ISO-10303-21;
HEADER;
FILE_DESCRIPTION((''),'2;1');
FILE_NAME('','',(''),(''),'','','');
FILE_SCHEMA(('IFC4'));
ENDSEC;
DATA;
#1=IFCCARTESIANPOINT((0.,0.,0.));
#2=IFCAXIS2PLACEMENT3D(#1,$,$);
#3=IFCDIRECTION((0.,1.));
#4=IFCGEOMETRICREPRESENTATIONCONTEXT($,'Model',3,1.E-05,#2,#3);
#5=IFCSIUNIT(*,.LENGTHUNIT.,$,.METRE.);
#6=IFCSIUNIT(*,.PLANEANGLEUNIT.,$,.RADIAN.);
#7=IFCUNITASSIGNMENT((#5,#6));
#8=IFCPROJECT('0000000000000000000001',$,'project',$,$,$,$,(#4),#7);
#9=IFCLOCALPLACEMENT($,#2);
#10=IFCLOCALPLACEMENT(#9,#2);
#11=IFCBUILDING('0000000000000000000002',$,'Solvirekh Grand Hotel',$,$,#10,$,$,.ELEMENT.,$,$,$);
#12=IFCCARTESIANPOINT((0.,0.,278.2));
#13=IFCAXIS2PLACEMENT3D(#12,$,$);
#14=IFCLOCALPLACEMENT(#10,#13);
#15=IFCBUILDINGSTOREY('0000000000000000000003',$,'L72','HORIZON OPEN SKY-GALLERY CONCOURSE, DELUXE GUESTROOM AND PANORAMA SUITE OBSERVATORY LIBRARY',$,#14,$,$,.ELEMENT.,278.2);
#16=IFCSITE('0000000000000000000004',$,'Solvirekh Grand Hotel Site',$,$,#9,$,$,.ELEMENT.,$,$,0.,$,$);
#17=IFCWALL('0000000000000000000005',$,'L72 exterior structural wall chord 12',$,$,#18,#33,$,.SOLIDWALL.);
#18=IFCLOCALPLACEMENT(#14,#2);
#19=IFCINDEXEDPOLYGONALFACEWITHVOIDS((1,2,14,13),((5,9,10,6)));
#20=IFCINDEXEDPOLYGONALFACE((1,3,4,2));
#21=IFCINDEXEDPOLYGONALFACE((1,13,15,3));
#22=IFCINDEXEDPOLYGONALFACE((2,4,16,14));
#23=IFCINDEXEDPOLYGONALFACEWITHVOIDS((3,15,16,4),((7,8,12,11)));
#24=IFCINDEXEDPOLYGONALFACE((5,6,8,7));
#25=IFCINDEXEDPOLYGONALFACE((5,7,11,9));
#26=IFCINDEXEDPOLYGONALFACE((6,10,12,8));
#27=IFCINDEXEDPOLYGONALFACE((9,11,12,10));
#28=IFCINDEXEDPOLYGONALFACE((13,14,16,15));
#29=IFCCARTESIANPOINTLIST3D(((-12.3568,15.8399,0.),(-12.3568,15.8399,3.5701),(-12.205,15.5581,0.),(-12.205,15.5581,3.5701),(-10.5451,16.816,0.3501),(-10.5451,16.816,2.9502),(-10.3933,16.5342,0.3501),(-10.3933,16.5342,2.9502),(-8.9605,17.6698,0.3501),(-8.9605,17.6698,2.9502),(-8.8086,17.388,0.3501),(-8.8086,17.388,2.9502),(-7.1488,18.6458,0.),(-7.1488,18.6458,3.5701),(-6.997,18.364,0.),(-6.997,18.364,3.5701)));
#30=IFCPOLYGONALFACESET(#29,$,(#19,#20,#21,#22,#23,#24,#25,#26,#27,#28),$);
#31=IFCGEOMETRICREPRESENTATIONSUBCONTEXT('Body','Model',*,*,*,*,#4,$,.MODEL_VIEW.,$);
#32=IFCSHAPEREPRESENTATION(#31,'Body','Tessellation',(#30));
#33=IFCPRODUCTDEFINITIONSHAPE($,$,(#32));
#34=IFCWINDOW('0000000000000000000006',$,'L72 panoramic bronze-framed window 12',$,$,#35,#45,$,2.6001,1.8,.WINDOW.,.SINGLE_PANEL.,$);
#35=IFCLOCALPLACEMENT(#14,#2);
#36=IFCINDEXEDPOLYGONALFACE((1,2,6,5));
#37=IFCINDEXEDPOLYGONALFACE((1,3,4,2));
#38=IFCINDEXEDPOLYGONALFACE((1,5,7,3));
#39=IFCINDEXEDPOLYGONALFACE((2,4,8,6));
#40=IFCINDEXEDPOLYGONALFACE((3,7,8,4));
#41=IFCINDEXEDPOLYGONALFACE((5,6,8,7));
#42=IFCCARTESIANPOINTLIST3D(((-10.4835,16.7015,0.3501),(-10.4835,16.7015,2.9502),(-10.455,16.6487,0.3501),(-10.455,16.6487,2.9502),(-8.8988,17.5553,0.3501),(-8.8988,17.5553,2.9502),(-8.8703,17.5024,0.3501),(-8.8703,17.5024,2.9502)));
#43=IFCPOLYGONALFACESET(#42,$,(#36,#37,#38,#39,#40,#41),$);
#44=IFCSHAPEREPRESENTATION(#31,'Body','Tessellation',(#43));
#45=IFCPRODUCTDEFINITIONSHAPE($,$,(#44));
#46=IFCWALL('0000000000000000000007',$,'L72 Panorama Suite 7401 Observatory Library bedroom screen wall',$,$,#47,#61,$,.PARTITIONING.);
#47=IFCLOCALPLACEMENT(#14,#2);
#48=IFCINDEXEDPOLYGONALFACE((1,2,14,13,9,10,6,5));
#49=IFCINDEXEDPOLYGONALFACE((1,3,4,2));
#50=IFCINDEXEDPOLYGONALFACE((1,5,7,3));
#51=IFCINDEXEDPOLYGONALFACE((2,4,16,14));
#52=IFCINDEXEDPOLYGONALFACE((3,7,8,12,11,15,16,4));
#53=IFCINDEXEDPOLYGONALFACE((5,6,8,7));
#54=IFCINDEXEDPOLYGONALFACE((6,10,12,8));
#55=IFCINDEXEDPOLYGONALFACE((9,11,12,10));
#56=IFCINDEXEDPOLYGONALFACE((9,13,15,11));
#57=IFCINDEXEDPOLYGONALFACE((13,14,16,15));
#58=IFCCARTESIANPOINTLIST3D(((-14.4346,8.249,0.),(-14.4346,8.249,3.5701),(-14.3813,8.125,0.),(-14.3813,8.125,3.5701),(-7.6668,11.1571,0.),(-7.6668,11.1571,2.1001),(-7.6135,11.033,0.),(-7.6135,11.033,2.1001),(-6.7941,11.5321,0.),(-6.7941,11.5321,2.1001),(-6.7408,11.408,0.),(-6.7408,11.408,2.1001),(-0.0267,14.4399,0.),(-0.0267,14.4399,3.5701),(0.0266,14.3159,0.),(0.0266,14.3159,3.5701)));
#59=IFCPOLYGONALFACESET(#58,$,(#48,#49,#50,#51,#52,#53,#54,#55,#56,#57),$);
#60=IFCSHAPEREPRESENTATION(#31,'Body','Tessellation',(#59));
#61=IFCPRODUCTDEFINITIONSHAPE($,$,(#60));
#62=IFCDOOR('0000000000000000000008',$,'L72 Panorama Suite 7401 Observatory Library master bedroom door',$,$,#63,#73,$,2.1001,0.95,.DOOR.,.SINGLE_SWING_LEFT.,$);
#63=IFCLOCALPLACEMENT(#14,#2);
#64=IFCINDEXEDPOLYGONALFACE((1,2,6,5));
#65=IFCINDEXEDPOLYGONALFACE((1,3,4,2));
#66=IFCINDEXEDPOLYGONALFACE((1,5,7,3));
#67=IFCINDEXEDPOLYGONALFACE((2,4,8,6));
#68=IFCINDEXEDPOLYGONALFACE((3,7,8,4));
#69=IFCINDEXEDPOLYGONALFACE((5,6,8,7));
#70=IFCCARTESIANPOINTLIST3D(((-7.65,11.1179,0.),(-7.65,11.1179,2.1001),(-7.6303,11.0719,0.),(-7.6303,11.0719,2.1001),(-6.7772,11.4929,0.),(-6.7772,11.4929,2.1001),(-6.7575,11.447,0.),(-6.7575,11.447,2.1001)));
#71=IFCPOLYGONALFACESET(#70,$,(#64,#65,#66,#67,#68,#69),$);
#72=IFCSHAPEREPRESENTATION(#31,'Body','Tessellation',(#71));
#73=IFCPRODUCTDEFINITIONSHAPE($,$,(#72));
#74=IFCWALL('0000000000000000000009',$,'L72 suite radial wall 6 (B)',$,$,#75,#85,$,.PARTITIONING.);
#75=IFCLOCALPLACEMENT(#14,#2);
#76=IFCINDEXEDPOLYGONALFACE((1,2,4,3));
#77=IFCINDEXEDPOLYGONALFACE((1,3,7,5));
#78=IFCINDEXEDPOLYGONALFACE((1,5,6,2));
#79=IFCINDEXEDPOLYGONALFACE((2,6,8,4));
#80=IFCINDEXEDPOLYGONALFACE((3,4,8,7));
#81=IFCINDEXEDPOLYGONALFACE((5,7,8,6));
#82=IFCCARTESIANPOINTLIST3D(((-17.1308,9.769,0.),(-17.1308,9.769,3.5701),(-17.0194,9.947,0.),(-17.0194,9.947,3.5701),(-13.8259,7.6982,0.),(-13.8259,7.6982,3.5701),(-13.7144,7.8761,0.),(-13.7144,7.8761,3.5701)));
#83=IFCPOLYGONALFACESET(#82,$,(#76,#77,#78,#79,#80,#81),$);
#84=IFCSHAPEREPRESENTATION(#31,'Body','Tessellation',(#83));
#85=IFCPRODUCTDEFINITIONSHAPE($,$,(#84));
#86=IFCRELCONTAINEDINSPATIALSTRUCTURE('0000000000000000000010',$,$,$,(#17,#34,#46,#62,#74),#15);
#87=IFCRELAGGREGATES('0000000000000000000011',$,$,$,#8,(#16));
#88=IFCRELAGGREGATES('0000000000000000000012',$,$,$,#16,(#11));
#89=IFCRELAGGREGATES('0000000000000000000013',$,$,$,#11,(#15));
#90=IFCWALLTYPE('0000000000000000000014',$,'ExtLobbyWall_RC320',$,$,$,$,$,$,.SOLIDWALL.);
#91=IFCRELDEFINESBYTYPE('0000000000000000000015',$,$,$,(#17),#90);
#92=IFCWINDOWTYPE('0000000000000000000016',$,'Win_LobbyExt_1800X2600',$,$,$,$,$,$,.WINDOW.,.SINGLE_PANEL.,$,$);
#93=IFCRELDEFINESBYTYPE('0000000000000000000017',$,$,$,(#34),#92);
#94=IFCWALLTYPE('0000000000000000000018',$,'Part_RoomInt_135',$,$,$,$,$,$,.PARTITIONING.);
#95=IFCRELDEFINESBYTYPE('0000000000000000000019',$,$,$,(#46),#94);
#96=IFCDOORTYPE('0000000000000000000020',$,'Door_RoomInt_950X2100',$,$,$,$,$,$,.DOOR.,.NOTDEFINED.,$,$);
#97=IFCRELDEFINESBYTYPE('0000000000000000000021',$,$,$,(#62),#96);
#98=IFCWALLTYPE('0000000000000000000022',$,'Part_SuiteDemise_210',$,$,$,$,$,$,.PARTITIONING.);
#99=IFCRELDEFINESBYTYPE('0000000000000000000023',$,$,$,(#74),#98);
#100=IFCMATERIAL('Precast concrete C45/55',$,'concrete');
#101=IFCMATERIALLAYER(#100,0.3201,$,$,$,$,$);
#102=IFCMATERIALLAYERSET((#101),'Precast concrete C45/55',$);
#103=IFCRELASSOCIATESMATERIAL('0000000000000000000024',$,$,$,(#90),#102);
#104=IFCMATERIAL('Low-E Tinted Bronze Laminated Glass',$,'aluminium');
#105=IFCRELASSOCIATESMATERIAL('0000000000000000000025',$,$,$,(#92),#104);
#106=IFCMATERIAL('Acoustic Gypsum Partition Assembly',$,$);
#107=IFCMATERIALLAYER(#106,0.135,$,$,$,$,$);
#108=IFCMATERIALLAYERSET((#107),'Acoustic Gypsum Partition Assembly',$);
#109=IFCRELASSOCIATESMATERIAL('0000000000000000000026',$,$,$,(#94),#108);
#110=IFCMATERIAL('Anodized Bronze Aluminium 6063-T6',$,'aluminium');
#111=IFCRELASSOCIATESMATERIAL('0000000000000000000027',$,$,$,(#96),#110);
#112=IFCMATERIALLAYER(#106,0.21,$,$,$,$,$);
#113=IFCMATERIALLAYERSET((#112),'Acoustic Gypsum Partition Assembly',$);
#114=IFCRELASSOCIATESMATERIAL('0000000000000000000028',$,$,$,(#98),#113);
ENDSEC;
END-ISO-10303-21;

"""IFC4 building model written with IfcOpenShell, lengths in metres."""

from ifc_helpers import new_model, si_unit, direction, frame, frame_2d, origin, place, context, subcontext, project, spatial, rectangle, extrude, material, layer, layer_set, type_object, element, fill, save


model = new_model("IFC4")

# Units and contexts
model_context = context("Model", 3, precision=1e-05, world=origin(), true_north=direction((0.0, 1.0)))
body_context = subcontext(model_context, "Body", "Model", "MODEL_VIEW")
ifc_project = project(units=[si_unit("LENGTHUNIT", "METRE"), si_unit("PLANEANGLEUNIT", "RADIAN")], contexts=[model_context])

# Site, building, storey
site_placement = place(None, origin())
site = spatial("IfcSite", under=ifc_project, at=site_placement, Name="Solvirekh Grand Hotel Site", CompositionType="ELEMENT", RefElevation=0.0)
building_placement = place(site_placement, origin())
building = spatial("IfcBuilding", under=site, at=building_placement, Name="Solvirekh Grand Hotel", CompositionType="ELEMENT")
storey_placement = place(building_placement, frame((0.0, 0.0, 278.2)))
storey = spatial("IfcBuildingStorey", under=building, at=storey_placement, Name="L72", Description="HORIZON OPEN SKY-GALLERY CONCOURSE, DELUXE GUESTROOM AND PANORAMA SUITE OBSERVATORY LIBRARY", CompositionType="ELEMENT", Elevation=278.2)

# Shared definitions
ifc_material_1 = material(Name="Anodized Bronze Aluminium 6063-T6", Category="aluminium")
ifc_material_2 = material(Name="Low-E Tinted Bronze Laminated Glass", Category="aluminium")

# Wall, opening, window
ifc_material_3 = material(Name="Precast concrete C45/55", Category="concrete")
ifc_layer_1 = layer(ifc_material_3, 0.3201)
ifc_layer_set_1 = layer_set([ifc_layer_1], Name="Precast concrete C45/55")
wall_type_1 = type_object("IfcWallType", Name="ExtLobbyWall_RC320", PredefinedType="SOLIDWALL", material=ifc_layer_set_1)
wall_1_placement = place(storey_placement, frame((-12.281, 15.699, 0.0), z_axis=(0.0, 0.0, 1.0), x_axis=(0.880358, 0.474309, 0.0)))
wall_1 = element("IfcWall", 1, at=wall_1_placement, inside=storey, type_object=wall_type_1, Name="L72 exterior structural wall chord 12", PredefinedType="SOLIDWALL", context=body_context, shape_type="SweptSolid", body=[
    extrude(rectangle(XDim=5.9158, YDim=0.3201, at=frame_2d((2.958, 0.0))), origin(), (0.0, 0.0, 1.0), 3.5701),
])
opening_1_placement = place(wall_1_placement, frame((2.0581, 0.0, 0.3501)))
opening_1 = element("IfcOpeningElement", 2, at=opening_1_placement, cuts=wall_1, PredefinedType="OPENING", context=body_context, shape_type="SweptSolid", body=[
    extrude(rectangle(XDim=1.8, YDim=2.6001, at=frame_2d((0.8999, 1.3))), frame((0.0, 0.1699, 0.0), z_axis=(0.0, -1.0, 0.0), x_axis=(1.0, 0.0, 0.0)), (0.0, 0.0, 1.0), 0.3401),
])
window_type = type_object("IfcWindowType", Name="Win_LobbyExt_1800X2600", PartitioningType="SINGLE_PANEL", PredefinedType="WINDOW", material=ifc_material_2)
window_placement = place(opening_1_placement, origin())
window = element("IfcWindow", 3, at=window_placement, inside=storey, type_object=window_type, Name="L72 panoramic bronze-framed window 12", OverallHeight=2.6001, OverallWidth=1.8, PartitioningType="SINGLE_PANEL", PredefinedType="WINDOW", context=body_context, shape_type="SweptSolid", body=[
    extrude(rectangle(XDim=1.8, YDim=2.6001, at=frame_2d((0.8999, 1.3))), frame((0.0, 0.03, 0.0), z_axis=(0.0, -1.0, 0.0), x_axis=(1.0, 0.0, 0.0)), (0.0, 0.0, 1.0), 0.0601),
])
fill(opening_1, window)

# Wall, opening, door
ifc_material_4 = material(Name="Acoustic Gypsum Partition Assembly")
ifc_layer_2 = layer(ifc_material_4, 0.135)
ifc_layer_set_2 = layer_set([ifc_layer_2], Name="Acoustic Gypsum Partition Assembly")
wall_type_2 = type_object("IfcWallType", Name="Part_RoomInt_135", PredefinedType="PARTITIONING", material=ifc_layer_set_2)
wall_2_placement = place(storey_placement, frame((-14.408, 8.187, 0.0), z_axis=(0.0, 0.0, 1.0), x_axis=(0.918773, 0.394785, 0.0)))
wall_2 = element("IfcWall", 4, at=wall_2_placement, inside=storey, type_object=wall_type_2, Name="L72 Panorama Suite 7401 Observatory Library bedroom screen wall", PredefinedType="PARTITIONING", context=body_context, shape_type="SweptSolid", body=[
    extrude(rectangle(XDim=15.6816, YDim=0.135, at=frame_2d((7.8408, 0.0))), origin(), (0.0, 0.0, 1.0), 3.5701),
])
opening_2_placement = place(wall_2_placement, frame((7.366, 0.0, 0.0)))
opening_2 = element("IfcOpeningElement", 5, at=opening_2_placement, cuts=wall_2, PredefinedType="OPENING", context=body_context, shape_type="SweptSolid", body=[
    extrude(rectangle(XDim=0.95, YDim=2.1001, at=frame_2d((0.4751, 1.05))), frame((0.0, 0.0776, 0.0), z_axis=(0.0, -1.0, 0.0), x_axis=(1.0, 0.0, 0.0)), (0.0, 0.0, 1.0), 0.155),
])
door_type = type_object("IfcDoorType", Name="Door_RoomInt_950X2100", OperationType="NOTDEFINED", PredefinedType="DOOR", material=ifc_material_1)
door_placement = place(opening_2_placement, origin())
door = element("IfcDoor", 6, at=door_placement, inside=storey, type_object=door_type, Name="L72 Panorama Suite 7401 Observatory Library master bedroom door", OperationType="SINGLE_SWING_LEFT", OverallHeight=2.1001, OverallWidth=0.95, PredefinedType="DOOR", context=body_context, shape_type="SweptSolid", body=[
    extrude(rectangle(XDim=0.95, YDim=2.1001, at=frame_2d((0.4751, 1.05))), frame((0.0, 0.0249, 0.0), z_axis=(0.0, -1.0, 0.0), x_axis=(1.0, 0.0, 0.0)), (0.0, 0.0, 1.0), 0.05),
])
fill(opening_2, door)

# Wall
ifc_layer_3 = layer(ifc_material_4, 0.21)
ifc_layer_set_3 = layer_set([ifc_layer_3], Name="Acoustic Gypsum Partition Assembly")
wall_type_3 = type_object("IfcWallType", Name="Part_SuiteDemise_210", PredefinedType="PARTITIONING", material=ifc_layer_set_3)
wall_3_placement = place(storey_placement, frame((-13.77, 7.7871, 0.0), z_axis=(0.0, 0.0, 1.0), x_axis=(-0.847396, 0.530961, 0.0)))
element("IfcWall", 7, at=wall_3_placement, inside=storey, type_object=wall_type_3, Name="L72 suite radial wall 6 (B)", PredefinedType="PARTITIONING", context=body_context, shape_type="SweptSolid", body=[
    extrude(rectangle(XDim=3.9001, YDim=0.21, at=frame_2d((1.9502, 0.0))), origin(), (0.0, 0.0, 1.0), 3.5701),
])

save(model, "model.ifc")
